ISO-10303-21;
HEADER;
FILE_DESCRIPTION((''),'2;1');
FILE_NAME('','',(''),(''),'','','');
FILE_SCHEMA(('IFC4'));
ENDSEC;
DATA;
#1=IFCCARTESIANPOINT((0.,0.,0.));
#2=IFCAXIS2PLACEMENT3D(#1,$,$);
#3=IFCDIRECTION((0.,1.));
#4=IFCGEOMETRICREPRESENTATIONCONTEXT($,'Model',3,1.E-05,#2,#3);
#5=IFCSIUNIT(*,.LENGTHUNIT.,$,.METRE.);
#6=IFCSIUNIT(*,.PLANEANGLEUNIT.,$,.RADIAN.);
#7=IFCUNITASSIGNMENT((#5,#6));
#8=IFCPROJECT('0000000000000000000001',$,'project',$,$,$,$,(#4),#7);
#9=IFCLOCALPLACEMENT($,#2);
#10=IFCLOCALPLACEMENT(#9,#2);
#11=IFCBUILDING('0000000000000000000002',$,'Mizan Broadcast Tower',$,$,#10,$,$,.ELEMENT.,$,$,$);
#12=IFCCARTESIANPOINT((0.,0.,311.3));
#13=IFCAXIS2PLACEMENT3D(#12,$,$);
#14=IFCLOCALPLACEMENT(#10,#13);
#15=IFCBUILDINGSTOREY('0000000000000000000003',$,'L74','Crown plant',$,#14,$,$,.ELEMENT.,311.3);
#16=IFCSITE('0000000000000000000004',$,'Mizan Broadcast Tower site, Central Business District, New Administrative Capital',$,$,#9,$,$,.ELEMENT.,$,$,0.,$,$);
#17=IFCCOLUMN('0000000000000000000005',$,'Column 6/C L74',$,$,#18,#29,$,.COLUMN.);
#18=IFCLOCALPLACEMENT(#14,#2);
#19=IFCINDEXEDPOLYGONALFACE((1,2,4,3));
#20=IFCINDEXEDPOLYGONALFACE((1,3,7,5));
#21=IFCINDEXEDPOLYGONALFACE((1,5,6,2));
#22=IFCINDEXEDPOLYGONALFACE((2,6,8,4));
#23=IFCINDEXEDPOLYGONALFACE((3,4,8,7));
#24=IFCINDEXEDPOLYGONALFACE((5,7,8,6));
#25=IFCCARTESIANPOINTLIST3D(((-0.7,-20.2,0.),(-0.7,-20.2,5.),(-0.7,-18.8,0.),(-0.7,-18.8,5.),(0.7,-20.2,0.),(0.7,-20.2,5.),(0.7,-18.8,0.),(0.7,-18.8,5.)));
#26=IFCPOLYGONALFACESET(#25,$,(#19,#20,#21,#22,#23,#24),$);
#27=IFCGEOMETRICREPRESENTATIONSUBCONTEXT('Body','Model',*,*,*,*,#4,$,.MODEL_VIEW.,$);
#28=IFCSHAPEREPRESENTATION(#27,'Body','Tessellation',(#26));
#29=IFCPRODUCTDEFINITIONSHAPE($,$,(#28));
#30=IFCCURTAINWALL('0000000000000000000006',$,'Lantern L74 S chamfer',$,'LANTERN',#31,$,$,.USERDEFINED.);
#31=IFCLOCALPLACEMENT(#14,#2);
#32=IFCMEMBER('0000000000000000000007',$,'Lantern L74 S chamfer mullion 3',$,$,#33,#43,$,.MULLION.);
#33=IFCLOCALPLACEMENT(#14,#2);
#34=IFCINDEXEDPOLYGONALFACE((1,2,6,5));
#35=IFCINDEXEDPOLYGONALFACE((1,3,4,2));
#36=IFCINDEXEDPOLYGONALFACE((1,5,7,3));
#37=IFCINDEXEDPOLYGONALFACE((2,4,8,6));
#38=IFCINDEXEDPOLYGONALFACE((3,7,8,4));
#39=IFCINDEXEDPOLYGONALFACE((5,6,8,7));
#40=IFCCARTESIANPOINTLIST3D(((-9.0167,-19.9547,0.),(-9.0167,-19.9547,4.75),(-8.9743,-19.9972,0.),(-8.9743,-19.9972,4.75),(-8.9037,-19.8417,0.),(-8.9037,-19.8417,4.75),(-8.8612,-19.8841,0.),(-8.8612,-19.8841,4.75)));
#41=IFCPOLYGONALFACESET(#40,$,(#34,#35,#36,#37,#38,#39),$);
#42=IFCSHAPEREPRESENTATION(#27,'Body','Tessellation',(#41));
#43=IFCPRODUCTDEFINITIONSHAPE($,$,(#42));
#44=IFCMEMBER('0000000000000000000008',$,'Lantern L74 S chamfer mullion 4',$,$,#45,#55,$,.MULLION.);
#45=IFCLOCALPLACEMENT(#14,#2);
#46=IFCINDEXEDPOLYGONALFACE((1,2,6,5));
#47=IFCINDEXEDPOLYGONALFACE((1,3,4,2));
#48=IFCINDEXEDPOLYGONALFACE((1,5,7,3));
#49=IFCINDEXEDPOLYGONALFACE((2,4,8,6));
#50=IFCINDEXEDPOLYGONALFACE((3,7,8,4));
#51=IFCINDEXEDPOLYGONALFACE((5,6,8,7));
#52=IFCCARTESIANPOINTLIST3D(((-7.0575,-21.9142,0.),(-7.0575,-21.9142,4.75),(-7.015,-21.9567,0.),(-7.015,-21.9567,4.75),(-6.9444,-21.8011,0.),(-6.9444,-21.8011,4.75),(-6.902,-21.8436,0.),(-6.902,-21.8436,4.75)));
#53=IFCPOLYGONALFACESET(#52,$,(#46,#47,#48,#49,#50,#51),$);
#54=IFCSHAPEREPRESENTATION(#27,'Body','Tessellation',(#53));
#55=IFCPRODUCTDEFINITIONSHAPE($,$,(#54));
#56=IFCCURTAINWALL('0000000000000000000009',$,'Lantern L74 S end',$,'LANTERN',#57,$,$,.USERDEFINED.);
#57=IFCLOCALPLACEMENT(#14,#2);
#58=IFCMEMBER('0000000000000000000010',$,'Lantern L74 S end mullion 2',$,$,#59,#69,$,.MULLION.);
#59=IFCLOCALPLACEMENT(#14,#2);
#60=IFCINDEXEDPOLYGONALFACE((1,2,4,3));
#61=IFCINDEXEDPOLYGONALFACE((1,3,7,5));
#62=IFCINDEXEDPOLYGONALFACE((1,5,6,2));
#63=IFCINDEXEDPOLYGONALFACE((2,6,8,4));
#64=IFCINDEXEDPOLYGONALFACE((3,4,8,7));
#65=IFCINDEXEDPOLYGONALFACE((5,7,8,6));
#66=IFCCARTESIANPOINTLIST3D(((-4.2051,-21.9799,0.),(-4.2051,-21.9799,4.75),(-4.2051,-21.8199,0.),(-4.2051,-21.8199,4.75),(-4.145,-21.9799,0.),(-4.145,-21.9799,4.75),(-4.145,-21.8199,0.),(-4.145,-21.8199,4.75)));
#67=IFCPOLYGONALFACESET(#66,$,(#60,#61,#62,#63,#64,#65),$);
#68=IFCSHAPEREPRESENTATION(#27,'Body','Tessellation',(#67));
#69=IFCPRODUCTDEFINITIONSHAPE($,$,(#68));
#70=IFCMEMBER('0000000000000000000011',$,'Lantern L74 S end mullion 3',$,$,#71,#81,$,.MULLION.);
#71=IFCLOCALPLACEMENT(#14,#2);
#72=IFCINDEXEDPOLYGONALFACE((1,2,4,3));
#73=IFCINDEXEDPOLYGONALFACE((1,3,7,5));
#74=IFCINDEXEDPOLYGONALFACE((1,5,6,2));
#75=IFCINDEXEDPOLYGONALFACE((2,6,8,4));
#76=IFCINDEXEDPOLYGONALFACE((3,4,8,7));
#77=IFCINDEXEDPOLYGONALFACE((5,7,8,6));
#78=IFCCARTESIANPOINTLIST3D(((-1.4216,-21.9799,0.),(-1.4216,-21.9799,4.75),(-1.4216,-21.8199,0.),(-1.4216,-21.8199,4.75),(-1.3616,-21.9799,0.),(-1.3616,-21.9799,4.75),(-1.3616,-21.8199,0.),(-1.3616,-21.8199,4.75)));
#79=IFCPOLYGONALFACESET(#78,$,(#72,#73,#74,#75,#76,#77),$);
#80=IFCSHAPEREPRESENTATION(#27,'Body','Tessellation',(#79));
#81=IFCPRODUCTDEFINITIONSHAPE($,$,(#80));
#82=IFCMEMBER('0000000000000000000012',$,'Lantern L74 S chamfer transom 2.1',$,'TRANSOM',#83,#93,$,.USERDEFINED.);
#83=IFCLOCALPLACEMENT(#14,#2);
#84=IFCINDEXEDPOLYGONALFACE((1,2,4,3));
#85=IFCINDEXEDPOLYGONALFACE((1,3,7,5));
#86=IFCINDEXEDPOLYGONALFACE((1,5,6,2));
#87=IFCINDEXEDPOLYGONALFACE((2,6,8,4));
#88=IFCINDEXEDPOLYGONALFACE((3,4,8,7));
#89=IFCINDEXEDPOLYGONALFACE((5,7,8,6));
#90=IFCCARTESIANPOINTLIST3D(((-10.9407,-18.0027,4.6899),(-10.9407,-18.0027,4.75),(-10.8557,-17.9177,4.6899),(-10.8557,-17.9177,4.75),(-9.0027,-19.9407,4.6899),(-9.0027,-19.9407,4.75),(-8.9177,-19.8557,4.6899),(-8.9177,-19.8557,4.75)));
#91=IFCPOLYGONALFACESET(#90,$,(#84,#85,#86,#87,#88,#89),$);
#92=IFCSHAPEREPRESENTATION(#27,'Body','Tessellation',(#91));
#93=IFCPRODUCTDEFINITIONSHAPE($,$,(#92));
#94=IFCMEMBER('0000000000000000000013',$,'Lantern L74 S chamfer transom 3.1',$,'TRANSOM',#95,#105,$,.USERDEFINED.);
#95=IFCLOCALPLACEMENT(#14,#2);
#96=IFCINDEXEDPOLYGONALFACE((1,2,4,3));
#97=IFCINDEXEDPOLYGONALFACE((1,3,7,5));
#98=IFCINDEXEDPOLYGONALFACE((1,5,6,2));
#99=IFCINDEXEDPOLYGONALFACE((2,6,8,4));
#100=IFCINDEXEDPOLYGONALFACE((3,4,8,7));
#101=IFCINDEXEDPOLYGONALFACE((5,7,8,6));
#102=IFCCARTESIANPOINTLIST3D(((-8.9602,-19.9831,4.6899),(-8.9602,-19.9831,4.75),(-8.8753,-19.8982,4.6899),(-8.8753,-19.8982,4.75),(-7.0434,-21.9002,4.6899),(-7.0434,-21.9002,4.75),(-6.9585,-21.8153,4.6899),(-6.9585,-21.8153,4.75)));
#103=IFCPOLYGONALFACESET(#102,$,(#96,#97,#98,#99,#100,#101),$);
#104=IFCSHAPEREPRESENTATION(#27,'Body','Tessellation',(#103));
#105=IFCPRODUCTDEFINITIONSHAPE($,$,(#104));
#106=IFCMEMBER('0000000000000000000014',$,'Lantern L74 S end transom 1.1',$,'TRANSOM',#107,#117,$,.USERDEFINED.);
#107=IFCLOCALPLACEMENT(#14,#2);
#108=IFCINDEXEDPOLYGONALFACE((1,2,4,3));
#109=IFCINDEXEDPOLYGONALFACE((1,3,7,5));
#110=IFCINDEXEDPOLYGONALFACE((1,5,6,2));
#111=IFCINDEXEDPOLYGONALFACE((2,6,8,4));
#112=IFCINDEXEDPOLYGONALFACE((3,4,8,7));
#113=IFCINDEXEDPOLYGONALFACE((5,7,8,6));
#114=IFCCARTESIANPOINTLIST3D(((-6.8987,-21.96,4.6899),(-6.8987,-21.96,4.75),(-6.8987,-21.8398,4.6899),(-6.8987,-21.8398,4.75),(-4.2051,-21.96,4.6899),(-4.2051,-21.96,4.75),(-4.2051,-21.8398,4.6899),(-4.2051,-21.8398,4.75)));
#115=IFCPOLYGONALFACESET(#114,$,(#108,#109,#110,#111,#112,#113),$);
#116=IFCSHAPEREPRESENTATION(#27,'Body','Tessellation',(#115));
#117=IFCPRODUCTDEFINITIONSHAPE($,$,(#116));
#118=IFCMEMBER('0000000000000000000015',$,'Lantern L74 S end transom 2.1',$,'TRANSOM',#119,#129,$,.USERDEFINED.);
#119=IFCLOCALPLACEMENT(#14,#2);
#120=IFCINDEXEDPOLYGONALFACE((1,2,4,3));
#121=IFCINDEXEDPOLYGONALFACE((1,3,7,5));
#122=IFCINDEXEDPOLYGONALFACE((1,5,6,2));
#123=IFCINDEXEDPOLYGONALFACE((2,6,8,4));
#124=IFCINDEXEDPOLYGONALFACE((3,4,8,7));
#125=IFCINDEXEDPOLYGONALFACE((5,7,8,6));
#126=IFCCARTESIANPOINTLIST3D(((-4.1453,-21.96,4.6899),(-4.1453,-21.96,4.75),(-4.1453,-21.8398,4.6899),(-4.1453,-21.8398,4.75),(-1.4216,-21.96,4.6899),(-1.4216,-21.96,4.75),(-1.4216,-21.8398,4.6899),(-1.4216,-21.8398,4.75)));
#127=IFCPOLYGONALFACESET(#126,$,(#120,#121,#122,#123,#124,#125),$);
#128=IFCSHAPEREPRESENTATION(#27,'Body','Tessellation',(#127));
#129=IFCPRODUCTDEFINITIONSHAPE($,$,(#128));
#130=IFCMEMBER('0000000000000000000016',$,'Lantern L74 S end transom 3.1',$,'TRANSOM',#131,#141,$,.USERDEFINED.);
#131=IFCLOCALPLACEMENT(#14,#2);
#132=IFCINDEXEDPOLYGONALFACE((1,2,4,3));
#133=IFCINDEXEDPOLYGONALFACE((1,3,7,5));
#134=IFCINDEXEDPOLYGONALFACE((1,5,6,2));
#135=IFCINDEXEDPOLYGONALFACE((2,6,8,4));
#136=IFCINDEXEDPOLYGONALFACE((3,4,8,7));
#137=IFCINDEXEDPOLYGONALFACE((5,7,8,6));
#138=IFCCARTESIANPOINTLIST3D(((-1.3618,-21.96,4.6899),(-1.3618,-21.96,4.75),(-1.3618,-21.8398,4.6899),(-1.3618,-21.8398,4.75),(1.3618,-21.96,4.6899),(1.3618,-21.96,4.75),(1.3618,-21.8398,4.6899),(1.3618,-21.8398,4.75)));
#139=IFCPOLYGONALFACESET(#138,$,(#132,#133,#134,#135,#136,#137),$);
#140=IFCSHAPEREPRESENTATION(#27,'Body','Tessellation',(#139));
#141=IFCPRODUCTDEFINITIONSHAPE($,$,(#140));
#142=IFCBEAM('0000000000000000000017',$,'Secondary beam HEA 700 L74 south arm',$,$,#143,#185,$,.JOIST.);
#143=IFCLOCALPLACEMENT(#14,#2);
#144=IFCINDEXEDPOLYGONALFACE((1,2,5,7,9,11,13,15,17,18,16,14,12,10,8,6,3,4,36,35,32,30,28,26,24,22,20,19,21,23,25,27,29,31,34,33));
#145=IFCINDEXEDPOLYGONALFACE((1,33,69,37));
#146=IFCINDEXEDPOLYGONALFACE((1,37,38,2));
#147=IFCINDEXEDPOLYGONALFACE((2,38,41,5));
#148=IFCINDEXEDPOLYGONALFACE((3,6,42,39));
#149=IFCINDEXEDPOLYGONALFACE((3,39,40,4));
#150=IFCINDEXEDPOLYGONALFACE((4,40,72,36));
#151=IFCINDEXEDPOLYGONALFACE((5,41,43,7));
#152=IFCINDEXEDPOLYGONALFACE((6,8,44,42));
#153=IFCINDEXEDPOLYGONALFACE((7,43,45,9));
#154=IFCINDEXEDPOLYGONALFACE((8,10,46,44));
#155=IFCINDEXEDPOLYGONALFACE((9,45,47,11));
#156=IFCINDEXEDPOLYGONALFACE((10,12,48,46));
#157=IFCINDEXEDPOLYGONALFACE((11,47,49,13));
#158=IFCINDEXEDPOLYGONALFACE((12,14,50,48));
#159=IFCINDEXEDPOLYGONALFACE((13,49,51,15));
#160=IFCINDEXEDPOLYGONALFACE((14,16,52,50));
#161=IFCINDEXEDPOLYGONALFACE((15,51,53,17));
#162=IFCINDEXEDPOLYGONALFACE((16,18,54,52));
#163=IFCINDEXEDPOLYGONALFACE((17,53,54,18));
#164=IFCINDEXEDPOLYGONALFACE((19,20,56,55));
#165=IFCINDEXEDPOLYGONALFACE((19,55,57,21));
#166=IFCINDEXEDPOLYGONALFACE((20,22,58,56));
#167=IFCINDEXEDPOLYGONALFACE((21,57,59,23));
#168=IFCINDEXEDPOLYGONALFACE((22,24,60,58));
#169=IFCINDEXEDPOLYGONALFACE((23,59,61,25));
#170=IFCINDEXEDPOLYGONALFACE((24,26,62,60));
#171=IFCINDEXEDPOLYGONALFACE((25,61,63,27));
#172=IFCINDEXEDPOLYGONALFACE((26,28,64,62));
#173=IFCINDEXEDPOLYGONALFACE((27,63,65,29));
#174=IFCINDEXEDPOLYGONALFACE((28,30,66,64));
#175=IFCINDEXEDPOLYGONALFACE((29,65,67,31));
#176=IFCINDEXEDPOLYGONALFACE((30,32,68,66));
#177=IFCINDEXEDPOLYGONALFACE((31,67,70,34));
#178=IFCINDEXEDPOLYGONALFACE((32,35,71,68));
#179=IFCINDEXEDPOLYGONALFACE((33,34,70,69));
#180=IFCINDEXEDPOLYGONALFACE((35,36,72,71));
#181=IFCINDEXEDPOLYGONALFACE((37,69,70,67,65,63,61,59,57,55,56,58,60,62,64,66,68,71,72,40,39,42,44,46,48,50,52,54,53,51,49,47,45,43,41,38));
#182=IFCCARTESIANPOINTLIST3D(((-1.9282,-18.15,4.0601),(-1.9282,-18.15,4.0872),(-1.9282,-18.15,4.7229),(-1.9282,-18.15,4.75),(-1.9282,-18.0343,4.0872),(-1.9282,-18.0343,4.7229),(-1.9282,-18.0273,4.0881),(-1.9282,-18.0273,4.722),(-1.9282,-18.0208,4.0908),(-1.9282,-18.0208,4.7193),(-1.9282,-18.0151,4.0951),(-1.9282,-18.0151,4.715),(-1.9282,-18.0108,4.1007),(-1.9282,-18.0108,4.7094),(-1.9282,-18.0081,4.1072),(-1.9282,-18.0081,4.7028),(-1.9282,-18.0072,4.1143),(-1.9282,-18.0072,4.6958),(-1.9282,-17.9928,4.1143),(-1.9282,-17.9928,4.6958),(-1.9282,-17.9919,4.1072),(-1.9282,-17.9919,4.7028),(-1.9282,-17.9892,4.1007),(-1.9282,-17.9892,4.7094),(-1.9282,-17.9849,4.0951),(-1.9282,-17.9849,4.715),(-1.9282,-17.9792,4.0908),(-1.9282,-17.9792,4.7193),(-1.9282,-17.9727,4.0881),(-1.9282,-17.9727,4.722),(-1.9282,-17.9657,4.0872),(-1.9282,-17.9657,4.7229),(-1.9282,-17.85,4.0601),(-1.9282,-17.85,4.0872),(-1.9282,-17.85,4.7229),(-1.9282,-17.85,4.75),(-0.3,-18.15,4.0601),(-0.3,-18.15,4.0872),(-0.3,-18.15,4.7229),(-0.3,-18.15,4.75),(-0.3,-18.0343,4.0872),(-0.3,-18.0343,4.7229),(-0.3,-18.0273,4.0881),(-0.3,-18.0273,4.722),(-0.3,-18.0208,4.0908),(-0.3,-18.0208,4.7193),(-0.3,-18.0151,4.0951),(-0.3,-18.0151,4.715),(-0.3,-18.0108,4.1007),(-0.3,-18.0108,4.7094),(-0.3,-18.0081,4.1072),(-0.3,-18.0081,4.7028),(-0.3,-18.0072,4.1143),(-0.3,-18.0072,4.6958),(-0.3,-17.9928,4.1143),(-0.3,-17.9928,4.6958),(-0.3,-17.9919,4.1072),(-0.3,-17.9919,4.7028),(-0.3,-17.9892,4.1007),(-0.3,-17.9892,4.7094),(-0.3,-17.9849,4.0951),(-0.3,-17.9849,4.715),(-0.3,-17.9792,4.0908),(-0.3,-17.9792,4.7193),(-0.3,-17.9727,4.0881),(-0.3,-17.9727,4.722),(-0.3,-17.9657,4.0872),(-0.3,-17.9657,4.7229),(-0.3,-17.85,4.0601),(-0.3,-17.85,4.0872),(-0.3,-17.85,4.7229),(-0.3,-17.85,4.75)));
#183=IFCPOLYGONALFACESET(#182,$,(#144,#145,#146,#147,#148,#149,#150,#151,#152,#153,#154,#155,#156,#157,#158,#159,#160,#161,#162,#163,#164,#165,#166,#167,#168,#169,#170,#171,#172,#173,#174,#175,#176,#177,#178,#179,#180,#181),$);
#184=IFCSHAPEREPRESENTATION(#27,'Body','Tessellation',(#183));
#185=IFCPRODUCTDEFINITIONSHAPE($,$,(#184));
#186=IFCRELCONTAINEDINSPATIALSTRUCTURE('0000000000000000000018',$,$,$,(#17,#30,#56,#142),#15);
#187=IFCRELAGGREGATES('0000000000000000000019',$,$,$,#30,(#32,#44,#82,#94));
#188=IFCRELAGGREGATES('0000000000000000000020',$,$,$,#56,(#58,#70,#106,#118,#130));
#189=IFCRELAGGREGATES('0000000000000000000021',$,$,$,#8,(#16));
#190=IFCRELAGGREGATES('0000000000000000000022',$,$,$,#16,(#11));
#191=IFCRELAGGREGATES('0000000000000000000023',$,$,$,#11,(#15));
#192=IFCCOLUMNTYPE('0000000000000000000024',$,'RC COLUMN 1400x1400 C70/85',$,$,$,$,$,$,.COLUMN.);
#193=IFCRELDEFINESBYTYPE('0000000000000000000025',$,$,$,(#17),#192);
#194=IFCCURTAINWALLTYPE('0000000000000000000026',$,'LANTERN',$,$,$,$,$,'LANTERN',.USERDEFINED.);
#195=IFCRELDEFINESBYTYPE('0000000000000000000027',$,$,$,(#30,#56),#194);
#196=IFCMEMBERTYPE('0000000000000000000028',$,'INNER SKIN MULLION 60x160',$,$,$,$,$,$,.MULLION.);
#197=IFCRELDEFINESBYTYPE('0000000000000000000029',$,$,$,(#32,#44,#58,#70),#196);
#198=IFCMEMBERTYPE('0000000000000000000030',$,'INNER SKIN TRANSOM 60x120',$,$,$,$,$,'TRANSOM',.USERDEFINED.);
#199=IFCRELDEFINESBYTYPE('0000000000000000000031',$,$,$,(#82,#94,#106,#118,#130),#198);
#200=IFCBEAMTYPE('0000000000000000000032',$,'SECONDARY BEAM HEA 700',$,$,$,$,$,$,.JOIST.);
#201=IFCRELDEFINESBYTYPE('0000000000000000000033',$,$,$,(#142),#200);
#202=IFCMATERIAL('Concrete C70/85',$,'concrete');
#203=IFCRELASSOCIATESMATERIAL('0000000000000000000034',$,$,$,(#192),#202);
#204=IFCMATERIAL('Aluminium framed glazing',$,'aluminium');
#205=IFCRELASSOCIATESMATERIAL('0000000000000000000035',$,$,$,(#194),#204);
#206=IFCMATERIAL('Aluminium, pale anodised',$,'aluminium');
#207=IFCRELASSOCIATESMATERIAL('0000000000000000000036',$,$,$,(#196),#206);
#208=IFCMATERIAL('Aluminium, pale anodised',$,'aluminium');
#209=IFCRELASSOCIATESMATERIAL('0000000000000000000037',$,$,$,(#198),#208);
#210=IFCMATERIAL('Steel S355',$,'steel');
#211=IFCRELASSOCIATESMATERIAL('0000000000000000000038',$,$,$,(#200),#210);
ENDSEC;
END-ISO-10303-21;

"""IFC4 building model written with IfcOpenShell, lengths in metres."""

from ifc_helpers import new_model, si_unit, direction, frame, origin, origin_2d, place, context, subcontext, project, spatial, rectangle, i_section, extrude, material, material_profile, profile_set, type_object, element, aggregate, save


model = new_model("IFC4")

# Units and contexts
model_context = context("Model", 3, precision=1e-05, world=origin(), true_north=direction((0.0, 1.0)))
body_context = subcontext(model_context, "Body", "Model", "MODEL_VIEW")
ifc_project = project(units=[si_unit("LENGTHUNIT", "METRE"), si_unit("PLANEANGLEUNIT", "RADIAN")], contexts=[model_context])

# Site, building, storey
site_placement = place(None, origin())
site = spatial("IfcSite", under=ifc_project, at=site_placement, Name="Mizan Broadcast Tower site, Central Business District, New Administrative Capital", CompositionType="ELEMENT", RefElevation=0.0)
building_placement = place(site_placement, origin())
building = spatial("IfcBuilding", under=site, at=building_placement, Name="Mizan Broadcast Tower", CompositionType="ELEMENT")
storey_placement = place(building_placement, frame((0.0, 0.0, 311.3)))
storey = spatial("IfcBuildingStorey", under=building, at=storey_placement, Name="L74", Description="Crown plant", CompositionType="ELEMENT", Elevation=311.3)

# Column
ifc_material_1 = material(Name="Concrete C70/85", Category="concrete")
ifc_material_profile_1 = material_profile(ifc_material_1, rectangle(XDim=1.3999, YDim=1.3999, at=origin_2d()), Name="RC 1400x1400")
ifc_profile_set_1 = profile_set([ifc_material_profile_1], Name="Concrete C70/85")
column_type = type_object("IfcColumnType", Name="RC COLUMN 1400x1400 C70/85", PredefinedType="COLUMN", material=ifc_profile_set_1)
column_placement = place(storey_placement, frame((0.0, -19.5, 0.0), z_axis=(0.0, 0.0, 1.0), x_axis=(1.0, 0.0, 0.0)))
element("IfcColumn", 1, at=column_placement, inside=storey, type_object=column_type, Name="Column 6/C L74", PredefinedType="COLUMN", context=body_context, shape_type="SweptSolid", body=[
    extrude(rectangle(XDim=1.3999, YDim=1.3999, at=origin_2d()), origin(), (0.0, 0.0, 1.0), 5.0),
])

# Curtain walls, members
ifc_material_2 = material(Name="Aluminium framed glazing", Category="aluminium")
curtain_wall_type = type_object("IfcCurtainWallType", Name="LANTERN", ElementType="LANTERN", PredefinedType="USERDEFINED", material=ifc_material_2)
curtain_wall_1_placement = place(storey_placement, origin())
curtain_wall_1 = element("IfcCurtainWall", 2, at=curtain_wall_1_placement, inside=storey, type_object=curtain_wall_type, Name="Lantern L74 S chamfer", ObjectType="LANTERN", PredefinedType="USERDEFINED")
ifc_material_3 = material(Name="Aluminium, pale anodised", Category="aluminium")
ifc_material_profile_2 = material_profile(ifc_material_3, rectangle(XDim=0.1599, YDim=0.0601, at=origin_2d()), Name="MULLION 160x60")
ifc_profile_set_2 = profile_set([ifc_material_profile_2], Name="Aluminium, pale anodised")
member_type_1 = type_object("IfcMemberType", Name="INNER SKIN MULLION 60x160", PredefinedType="MULLION", material=ifc_profile_set_2)
member_1_placement = place(storey_placement, frame((-8.939, -19.9194, 0.0), z_axis=(0.0, 0.0, 1.0), x_axis=(0.707107, 0.707107, 0.0)))
member_1 = element("IfcMember", 3, at=member_1_placement, type_object=member_type_1, Name="Lantern L74 S chamfer mullion 3", PredefinedType="MULLION", context=body_context, shape_type="SweptSolid", body=[
    extrude(rectangle(XDim=0.1599, YDim=0.0601, at=origin_2d()), origin(), (0.0, 0.0, 1.0), 4.75),
])
member_2_placement = place(storey_placement, frame((-6.9797, -21.8789, 0.0), z_axis=(0.0, 0.0, 1.0), x_axis=(0.707107, 0.707107, 0.0)))
member_2 = element("IfcMember", 4, at=member_2_placement, type_object=member_type_1, Name="Lantern L74 S chamfer mullion 4", PredefinedType="MULLION", context=body_context, shape_type="SweptSolid", body=[
    extrude(rectangle(XDim=0.1599, YDim=0.0601, at=origin_2d()), origin(), (0.0, 0.0, 1.0), 4.75),
])
curtain_wall_2_placement = place(storey_placement, origin())
curtain_wall_2 = element("IfcCurtainWall", 5, at=curtain_wall_2_placement, inside=storey, type_object=curtain_wall_type, Name="Lantern L74 S end", ObjectType="LANTERN", PredefinedType="USERDEFINED")
member_3_placement = place(storey_placement, frame((-4.175, -21.8999, 0.0), z_axis=(0.0, 0.0, 1.0), x_axis=(0.0, 1.0, 0.0)))
member_3 = element("IfcMember", 6, at=member_3_placement, type_object=member_type_1, Name="Lantern L74 S end mullion 2", PredefinedType="MULLION", context=body_context, shape_type="SweptSolid", body=[
    extrude(rectangle(XDim=0.1599, YDim=0.0601, at=origin_2d()), origin(), (0.0, 0.0, 1.0), 4.75),
])
member_4_placement = place(storey_placement, frame((-1.3916, -21.8999, 0.0), z_axis=(0.0, 0.0, 1.0), x_axis=(0.0, 1.0, 0.0)))
member_4 = element("IfcMember", 7, at=member_4_placement, type_object=member_type_1, Name="Lantern L74 S end mullion 3", PredefinedType="MULLION", context=body_context, shape_type="SweptSolid", body=[
    extrude(rectangle(XDim=0.1599, YDim=0.0601, at=origin_2d()), origin(), (0.0, 0.0, 1.0), 4.75),
])

# Members
ifc_material_4 = material(Name="Aluminium, pale anodised", Category="aluminium")
ifc_material_profile_3 = material_profile(ifc_material_4, rectangle(XDim=0.1201, YDim=0.0601, at=origin_2d()), Name="TRANSOM 120x60")
ifc_profile_set_3 = profile_set([ifc_material_profile_3], Name="Aluminium, pale anodised")
member_type_2 = type_object("IfcMemberType", Name="INNER SKIN TRANSOM 60x120", ElementType="TRANSOM", PredefinedType="USERDEFINED", material=ifc_profile_set_3)
member_5_placement = place(storey_placement, frame((-10.8982, -17.9602, 4.72), z_axis=(0.707107, -0.707107, 0.0), x_axis=(0.707107, 0.707107, 0.0)))
member_5 = element("IfcMember", 8, at=member_5_placement, type_object=member_type_2, Name="Lantern L74 S chamfer transom 2.1", ObjectType="TRANSOM", PredefinedType="USERDEFINED", context=body_context, shape_type="SweptSolid", body=[
    extrude(rectangle(XDim=0.1201, YDim=0.0601, at=origin_2d()), origin(), (0.0, 0.0, 1.0), 2.7407),
])
member_6_placement = place(storey_placement, frame((-8.9177, -19.9407, 4.72), z_axis=(0.707062, -0.707152, 0.0), x_axis=(0.707152, 0.707062, 0.0)))
member_6 = element("IfcMember", 9, at=member_6_placement, type_object=member_type_2, Name="Lantern L74 S chamfer transom 3.1", ObjectType="TRANSOM", PredefinedType="USERDEFINED", context=body_context, shape_type="SweptSolid", body=[
    extrude(rectangle(XDim=0.1201, YDim=0.0601, at=origin_2d()), origin(), (0.0, 0.0, 1.0), 2.7109),
])
member_7_placement = place(storey_placement, frame((-6.8987, -21.8999, 4.72), z_axis=(1.0, 0.0, 0.0), x_axis=(0.0, 1.0, 0.0)))
member_7 = element("IfcMember", 10, at=member_7_placement, type_object=member_type_2, Name="Lantern L74 S end transom 1.1", ObjectType="TRANSOM", PredefinedType="USERDEFINED", context=body_context, shape_type="SweptSolid", body=[
    extrude(rectangle(XDim=0.1201, YDim=0.0601, at=origin_2d()), origin(), (0.0, 0.0, 1.0), 2.6936),
])
member_8_placement = place(storey_placement, frame((-4.1453, -21.8999, 4.72), z_axis=(1.0, 0.0, 0.0), x_axis=(0.0, 1.0, 0.0)))
member_8 = element("IfcMember", 11, at=member_8_placement, type_object=member_type_2, Name="Lantern L74 S end transom 2.1", ObjectType="TRANSOM", PredefinedType="USERDEFINED", context=body_context, shape_type="SweptSolid", body=[
    extrude(rectangle(XDim=0.1201, YDim=0.0601, at=origin_2d()), origin(), (0.0, 0.0, 1.0), 2.7236),
])
member_9_placement = place(storey_placement, frame((-1.3618, -21.8999, 4.72), z_axis=(1.0, 0.0, 0.0), x_axis=(0.0, 1.0, 0.0)))
member_9 = element("IfcMember", 12, at=member_9_placement, type_object=member_type_2, Name="Lantern L74 S end transom 3.1", ObjectType="TRANSOM", PredefinedType="USERDEFINED", context=body_context, shape_type="SweptSolid", body=[
    extrude(rectangle(XDim=0.1201, YDim=0.0601, at=origin_2d()), origin(), (0.0, 0.0, 1.0), 2.7236),
])

# Beam
ifc_material_5 = material(Name="Steel S355", Category="steel")
ifc_material_profile_4 = material_profile(ifc_material_5, i_section(OverallWidth=0.3, OverallDepth=0.6899, WebThickness=0.0144, FlangeThickness=0.0271, FilletRadius=0.0271, at=origin_2d()), Name="HEA 700")
ifc_profile_set_4 = profile_set([ifc_material_profile_4], Name="Steel S355")
beam_type = type_object("IfcBeamType", Name="SECONDARY BEAM HEA 700", PredefinedType="JOIST", material=ifc_profile_set_4)
beam_placement = place(storey_placement, frame((-1.9282, -18.0, 4.405), z_axis=(1.0, 0.0, 0.0), x_axis=(0.0, 1.0, 0.0)))
element("IfcBeam", 13, at=beam_placement, inside=storey, type_object=beam_type, Name="Secondary beam HEA 700 L74 south arm", PredefinedType="JOIST", context=body_context, shape_type="SweptSolid", body=[
    extrude(i_section(OverallWidth=0.3, OverallDepth=0.6899, WebThickness=0.0144, FlangeThickness=0.0271, FilletRadius=0.0271, at=origin_2d()), origin(), (0.0, 0.0, 1.0), 1.6282),
])

aggregate(curtain_wall_1, [member_1, member_2, member_5, member_6])
aggregate(curtain_wall_2, [member_3, member_4, member_7, member_8, member_9])

save(model, "model.ifc")
